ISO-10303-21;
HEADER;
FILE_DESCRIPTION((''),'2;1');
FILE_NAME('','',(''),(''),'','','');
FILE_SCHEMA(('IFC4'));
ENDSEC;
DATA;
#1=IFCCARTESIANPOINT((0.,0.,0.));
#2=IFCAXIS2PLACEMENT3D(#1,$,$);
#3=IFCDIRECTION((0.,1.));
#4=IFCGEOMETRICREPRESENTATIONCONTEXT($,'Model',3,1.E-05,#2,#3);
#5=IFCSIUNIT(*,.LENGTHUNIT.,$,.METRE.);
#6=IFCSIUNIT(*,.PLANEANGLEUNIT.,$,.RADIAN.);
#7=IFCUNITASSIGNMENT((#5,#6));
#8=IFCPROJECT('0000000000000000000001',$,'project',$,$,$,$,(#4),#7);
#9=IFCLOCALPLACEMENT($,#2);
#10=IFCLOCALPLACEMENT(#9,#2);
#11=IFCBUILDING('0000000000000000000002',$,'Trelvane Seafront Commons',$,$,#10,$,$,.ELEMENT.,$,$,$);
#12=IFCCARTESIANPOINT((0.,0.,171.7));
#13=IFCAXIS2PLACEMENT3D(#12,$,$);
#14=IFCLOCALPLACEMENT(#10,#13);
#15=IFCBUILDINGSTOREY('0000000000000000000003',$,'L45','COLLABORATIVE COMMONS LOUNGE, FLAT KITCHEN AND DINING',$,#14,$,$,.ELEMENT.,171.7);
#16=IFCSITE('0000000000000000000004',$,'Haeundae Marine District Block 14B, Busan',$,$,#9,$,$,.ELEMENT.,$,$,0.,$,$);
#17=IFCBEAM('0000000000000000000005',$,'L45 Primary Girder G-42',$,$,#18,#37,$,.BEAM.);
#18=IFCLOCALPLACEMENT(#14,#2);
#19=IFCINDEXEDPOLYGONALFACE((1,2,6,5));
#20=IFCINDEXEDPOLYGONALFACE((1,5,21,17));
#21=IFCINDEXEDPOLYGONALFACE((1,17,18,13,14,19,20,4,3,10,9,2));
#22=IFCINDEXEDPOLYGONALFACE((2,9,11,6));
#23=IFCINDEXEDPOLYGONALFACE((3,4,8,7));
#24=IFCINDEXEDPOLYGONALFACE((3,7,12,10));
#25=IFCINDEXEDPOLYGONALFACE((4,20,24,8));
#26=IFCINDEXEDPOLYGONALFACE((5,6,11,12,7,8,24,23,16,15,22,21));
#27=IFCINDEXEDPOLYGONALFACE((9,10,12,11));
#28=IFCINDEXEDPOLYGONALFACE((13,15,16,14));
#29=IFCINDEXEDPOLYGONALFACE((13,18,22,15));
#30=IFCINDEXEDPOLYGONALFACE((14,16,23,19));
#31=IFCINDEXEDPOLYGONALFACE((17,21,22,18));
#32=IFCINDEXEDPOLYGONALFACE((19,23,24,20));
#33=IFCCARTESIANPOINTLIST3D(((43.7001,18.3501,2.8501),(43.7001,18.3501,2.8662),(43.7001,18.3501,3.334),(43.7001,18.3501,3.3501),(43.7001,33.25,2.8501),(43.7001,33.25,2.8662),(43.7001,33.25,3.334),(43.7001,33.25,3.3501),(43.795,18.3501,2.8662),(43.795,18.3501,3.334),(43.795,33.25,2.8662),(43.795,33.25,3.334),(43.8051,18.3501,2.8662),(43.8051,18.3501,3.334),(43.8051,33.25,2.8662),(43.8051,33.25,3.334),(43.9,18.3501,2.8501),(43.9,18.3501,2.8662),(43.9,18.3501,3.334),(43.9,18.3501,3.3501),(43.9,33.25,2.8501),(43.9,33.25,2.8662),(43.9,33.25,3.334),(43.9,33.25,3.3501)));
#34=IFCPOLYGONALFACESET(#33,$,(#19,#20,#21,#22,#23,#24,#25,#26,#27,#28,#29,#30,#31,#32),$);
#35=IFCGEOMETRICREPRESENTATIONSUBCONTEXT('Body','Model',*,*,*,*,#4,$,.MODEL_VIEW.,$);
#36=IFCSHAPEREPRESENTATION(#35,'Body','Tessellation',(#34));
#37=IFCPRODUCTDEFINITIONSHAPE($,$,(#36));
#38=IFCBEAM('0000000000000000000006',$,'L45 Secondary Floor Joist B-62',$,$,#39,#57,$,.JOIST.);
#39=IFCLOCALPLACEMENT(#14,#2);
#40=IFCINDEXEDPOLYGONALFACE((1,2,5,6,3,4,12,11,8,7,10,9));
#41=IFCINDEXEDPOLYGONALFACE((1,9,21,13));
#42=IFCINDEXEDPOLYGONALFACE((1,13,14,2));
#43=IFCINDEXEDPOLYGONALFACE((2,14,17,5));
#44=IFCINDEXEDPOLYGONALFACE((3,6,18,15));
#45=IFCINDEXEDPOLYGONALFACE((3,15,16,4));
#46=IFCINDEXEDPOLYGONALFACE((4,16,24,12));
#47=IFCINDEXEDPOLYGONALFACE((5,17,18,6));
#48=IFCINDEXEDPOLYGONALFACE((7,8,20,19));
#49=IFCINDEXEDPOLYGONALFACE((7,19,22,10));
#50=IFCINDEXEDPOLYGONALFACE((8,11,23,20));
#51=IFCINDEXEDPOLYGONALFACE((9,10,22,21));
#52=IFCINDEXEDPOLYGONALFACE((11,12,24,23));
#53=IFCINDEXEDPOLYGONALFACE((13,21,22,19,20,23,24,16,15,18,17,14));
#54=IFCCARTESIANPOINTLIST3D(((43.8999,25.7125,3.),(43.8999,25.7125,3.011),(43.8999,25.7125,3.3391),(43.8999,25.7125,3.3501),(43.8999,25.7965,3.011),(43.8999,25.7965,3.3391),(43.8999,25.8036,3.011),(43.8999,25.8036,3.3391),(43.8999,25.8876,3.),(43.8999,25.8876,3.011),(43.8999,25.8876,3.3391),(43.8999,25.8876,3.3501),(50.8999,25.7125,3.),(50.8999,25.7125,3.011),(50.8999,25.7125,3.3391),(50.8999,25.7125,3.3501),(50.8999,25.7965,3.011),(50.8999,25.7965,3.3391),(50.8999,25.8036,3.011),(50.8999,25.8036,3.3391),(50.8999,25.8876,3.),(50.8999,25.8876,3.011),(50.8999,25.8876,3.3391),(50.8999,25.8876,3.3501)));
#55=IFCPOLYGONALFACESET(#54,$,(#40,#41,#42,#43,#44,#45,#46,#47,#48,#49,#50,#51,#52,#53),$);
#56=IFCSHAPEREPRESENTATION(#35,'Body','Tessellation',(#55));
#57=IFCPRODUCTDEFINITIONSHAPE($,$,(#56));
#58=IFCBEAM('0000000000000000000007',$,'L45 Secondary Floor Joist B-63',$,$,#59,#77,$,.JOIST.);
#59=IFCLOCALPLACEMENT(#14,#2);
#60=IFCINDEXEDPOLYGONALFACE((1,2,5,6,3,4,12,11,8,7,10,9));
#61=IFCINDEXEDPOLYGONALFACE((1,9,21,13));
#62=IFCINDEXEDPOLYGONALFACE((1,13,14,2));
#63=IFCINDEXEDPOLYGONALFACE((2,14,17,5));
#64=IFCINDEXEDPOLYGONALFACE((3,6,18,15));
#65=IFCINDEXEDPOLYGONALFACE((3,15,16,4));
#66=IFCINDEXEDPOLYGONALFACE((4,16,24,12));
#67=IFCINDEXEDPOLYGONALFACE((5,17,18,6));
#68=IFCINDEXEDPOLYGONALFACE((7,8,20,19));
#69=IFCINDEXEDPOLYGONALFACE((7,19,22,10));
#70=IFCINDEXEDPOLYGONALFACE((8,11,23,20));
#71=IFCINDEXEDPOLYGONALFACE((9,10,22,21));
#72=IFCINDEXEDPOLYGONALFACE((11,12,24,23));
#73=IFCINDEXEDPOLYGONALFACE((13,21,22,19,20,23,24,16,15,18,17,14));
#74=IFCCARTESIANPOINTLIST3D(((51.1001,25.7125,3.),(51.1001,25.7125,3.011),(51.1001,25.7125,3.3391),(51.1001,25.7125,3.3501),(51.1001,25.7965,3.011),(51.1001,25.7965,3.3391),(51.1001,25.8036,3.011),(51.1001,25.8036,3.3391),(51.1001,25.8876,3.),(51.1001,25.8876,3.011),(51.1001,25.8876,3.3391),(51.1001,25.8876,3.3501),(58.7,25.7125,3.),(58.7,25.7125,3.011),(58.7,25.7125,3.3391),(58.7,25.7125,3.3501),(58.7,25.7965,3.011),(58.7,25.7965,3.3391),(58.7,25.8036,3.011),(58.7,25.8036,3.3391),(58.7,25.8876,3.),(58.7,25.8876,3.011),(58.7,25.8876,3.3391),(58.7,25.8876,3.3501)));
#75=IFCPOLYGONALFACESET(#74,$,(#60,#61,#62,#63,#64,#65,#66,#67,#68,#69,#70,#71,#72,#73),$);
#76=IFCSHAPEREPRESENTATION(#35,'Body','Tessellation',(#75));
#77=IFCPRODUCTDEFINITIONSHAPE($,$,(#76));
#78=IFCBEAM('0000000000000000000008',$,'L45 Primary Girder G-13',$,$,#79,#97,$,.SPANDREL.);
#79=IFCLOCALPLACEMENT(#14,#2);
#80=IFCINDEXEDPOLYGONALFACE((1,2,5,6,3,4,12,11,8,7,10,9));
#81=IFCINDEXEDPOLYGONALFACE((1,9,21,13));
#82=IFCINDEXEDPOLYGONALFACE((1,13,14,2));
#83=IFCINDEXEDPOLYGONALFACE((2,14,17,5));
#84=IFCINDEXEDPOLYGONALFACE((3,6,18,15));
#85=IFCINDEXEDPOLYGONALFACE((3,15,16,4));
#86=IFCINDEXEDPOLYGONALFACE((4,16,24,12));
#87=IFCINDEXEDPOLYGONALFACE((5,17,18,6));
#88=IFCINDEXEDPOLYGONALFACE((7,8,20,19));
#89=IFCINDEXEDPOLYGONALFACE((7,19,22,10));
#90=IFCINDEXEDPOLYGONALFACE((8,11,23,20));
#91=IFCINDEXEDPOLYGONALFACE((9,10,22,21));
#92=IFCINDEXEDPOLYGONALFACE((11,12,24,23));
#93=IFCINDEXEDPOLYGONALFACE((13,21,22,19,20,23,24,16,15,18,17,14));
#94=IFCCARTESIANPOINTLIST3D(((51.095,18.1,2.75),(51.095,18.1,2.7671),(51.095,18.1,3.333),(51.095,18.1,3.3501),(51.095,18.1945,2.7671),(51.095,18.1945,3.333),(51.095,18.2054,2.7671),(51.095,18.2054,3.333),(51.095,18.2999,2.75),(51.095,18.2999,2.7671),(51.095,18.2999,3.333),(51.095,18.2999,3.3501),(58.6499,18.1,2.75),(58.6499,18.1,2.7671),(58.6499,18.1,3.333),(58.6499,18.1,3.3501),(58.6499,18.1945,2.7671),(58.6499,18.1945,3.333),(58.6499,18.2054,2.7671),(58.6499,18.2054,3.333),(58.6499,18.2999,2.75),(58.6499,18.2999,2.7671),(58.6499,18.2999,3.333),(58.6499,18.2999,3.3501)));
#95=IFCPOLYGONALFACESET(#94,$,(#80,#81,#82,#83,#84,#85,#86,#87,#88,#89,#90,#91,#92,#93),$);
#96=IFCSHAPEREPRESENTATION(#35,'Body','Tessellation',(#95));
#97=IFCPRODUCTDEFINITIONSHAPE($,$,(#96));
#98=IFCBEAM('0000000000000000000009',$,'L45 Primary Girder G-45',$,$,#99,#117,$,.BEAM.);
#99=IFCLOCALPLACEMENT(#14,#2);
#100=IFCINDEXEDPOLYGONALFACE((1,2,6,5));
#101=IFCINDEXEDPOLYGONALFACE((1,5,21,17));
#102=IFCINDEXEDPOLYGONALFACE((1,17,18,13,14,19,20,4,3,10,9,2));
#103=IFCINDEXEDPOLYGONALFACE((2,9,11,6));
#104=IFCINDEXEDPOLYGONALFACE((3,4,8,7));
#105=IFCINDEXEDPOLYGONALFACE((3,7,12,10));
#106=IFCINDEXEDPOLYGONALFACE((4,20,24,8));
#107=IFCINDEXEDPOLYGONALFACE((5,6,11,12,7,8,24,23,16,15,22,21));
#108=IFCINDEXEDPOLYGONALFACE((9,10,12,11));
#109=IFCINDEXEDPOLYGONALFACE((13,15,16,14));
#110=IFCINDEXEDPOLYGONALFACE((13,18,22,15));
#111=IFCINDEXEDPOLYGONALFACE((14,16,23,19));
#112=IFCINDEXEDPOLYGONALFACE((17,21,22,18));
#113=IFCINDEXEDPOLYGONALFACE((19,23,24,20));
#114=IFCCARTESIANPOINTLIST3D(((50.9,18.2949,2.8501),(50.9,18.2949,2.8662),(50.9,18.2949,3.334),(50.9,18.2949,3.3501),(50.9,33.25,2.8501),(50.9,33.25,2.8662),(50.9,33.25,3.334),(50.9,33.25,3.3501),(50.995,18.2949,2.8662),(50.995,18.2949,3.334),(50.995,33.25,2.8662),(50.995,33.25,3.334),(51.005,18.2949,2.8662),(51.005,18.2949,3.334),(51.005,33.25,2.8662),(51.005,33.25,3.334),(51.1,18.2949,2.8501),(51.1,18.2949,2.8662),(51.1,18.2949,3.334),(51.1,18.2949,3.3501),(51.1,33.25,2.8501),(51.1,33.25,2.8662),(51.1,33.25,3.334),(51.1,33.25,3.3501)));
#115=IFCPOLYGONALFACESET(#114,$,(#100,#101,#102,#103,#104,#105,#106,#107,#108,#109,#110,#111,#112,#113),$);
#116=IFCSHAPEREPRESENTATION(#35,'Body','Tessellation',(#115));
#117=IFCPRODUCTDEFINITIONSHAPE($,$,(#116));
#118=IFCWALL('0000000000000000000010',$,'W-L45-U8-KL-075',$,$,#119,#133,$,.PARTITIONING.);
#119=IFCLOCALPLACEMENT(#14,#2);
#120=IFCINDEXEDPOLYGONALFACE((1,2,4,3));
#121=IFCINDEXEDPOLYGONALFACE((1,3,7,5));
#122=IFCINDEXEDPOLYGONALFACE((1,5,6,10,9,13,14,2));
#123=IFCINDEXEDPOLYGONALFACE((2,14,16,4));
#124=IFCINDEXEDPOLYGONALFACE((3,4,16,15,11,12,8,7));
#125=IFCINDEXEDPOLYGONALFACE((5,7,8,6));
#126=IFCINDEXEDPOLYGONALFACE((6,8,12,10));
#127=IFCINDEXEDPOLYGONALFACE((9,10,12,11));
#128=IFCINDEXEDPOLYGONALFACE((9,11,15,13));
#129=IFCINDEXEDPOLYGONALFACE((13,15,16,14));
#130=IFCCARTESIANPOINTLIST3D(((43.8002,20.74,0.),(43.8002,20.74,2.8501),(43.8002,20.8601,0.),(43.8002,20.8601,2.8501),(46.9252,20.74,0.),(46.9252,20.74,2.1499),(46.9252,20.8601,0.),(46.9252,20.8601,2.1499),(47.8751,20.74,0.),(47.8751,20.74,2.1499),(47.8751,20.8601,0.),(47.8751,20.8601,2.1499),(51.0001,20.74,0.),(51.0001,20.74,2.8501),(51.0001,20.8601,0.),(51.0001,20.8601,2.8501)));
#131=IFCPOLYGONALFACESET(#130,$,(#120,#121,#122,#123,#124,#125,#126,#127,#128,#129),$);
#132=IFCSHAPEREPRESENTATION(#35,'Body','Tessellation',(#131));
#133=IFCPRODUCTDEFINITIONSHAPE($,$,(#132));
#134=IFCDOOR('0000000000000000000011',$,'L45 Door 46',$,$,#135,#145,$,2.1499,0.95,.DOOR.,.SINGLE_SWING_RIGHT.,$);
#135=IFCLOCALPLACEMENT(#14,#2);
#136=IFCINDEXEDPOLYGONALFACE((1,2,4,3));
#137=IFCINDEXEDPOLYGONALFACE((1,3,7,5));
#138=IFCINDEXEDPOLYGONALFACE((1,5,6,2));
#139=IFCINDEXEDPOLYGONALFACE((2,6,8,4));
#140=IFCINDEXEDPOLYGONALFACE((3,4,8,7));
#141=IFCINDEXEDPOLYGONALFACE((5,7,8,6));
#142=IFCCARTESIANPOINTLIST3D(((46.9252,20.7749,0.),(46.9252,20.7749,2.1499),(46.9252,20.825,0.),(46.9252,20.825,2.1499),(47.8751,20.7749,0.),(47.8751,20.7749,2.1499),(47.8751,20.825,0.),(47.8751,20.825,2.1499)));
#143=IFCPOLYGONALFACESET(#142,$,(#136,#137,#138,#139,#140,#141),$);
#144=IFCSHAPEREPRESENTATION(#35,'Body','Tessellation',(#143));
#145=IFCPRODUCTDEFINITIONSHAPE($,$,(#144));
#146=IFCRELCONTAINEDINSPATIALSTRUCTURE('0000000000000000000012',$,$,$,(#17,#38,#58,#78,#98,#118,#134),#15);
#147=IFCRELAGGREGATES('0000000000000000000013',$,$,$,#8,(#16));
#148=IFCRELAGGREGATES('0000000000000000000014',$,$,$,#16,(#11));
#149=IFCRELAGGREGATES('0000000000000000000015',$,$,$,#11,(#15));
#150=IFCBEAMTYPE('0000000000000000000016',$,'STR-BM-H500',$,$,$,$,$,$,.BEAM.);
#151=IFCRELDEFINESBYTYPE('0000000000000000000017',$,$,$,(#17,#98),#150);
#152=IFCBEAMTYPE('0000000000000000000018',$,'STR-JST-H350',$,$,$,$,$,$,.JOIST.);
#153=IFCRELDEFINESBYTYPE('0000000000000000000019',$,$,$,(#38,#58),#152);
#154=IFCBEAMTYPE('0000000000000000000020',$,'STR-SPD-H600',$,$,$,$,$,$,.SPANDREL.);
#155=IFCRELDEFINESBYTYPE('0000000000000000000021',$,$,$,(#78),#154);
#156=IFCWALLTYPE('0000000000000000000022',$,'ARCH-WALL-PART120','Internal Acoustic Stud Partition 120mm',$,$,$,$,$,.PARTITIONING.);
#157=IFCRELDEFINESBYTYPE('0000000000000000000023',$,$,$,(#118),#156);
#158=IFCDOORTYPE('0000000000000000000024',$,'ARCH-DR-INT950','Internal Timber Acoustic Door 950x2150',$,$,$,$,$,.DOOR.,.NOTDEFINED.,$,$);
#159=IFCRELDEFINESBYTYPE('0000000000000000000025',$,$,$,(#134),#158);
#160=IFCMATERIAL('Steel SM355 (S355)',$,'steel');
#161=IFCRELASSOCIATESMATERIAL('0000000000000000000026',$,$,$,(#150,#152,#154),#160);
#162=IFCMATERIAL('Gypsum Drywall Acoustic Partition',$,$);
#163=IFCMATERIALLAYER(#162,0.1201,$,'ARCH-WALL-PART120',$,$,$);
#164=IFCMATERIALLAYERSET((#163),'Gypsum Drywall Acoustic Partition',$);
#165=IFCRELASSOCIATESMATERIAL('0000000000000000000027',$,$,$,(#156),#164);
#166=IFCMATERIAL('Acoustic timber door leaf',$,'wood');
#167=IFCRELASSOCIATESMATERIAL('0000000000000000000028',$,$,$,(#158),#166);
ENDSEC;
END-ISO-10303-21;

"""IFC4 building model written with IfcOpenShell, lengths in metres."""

from ifc_helpers import new_model, si_unit, direction, frame, frame_2d, origin, origin_2d, place, context, subcontext, project, spatial, rectangle, i_section, extrude, source, transform, mapped, material, layer, layer_set, material_profile, profile_set, type_object, element, fill, save


model = new_model("IFC4")

# Units and contexts
model_context = context("Model", 3, precision=1e-05, world=origin(), true_north=direction((0.0, 1.0)))
body_context = subcontext(model_context, "Body", "Model", "MODEL_VIEW")
ifc_project = project(units=[si_unit("LENGTHUNIT", "METRE"), si_unit("PLANEANGLEUNIT", "RADIAN")], contexts=[model_context])

# Site, building, storey
site_placement = place(None, origin())
site = spatial("IfcSite", under=ifc_project, at=site_placement, Name="Haeundae Marine District Block 14B, Busan", CompositionType="ELEMENT", RefElevation=0.0)
building_placement = place(site_placement, origin())
building = spatial("IfcBuilding", under=site, at=building_placement, Name="Trelvane Seafront Commons", CompositionType="ELEMENT")
storey_placement = place(building_placement, frame((0.0, 0.0, 171.7)))
storey = spatial("IfcBuildingStorey", under=building, at=storey_placement, Name="L45", Description="COLLABORATIVE COMMONS LOUNGE, FLAT KITCHEN AND DINING", CompositionType="ELEMENT", Elevation=171.7)

# Beams
ifc_material_1 = material(Name="Steel SM355 (S355)", Category="steel")
ifc_material_profile_1 = material_profile(ifc_material_1, i_section(OverallWidth=0.2, OverallDepth=0.5, WebThickness=0.01, FlangeThickness=0.0161, at=origin_2d()), Name="H-500x200x10x16")
ifc_profile_set_1 = profile_set([ifc_material_profile_1], Name="Steel SM355 (S355)")
beam_type_1 = type_object("IfcBeamType", Name="STR-BM-H500", PredefinedType="BEAM", material=ifc_profile_set_1)
shared_shape_1 = source(origin(), body_context, "Body", "SweptSolid", [
    extrude(i_section(OverallWidth=0.2, OverallDepth=0.5, WebThickness=0.01, FlangeThickness=0.0161, at=origin_2d()), origin(), (0.0, 0.0, 1.0), 14.8999),
])
beam_1_placement = place(storey_placement, frame((43.8, 18.3501, 3.1001), z_axis=(0.0, 1.0, 0.0), x_axis=(-1.0, 0.0, 0.0)))
element("IfcBeam", 1, at=beam_1_placement, inside=storey, type_object=beam_type_1, Name="L45 Primary Girder G-42", PredefinedType="BEAM", context=body_context, shape_type="MappedRepresentation", body=[
    mapped(shared_shape_1, transform((0.0, 0.0, 0.0), x_axis=(1.0, 0.0, 0.0), y_axis=(0.0, 1.0, 0.0), z_axis=(0.0, 0.0, 1.0), scale=1.0)),
])
ifc_material_profile_2 = material_profile(ifc_material_1, i_section(OverallWidth=0.175, OverallDepth=0.3501, WebThickness=0.0071, FlangeThickness=0.011, at=origin_2d()), Name="H-350x175x7x11")
ifc_profile_set_2 = profile_set([ifc_material_profile_2], Name="Steel SM355 (S355)")
beam_type_2 = type_object("IfcBeamType", Name="STR-JST-H350", PredefinedType="JOIST", material=ifc_profile_set_2)
shared_shape_2 = source(origin(), body_context, "Body", "SweptSolid", [
    extrude(i_section(OverallWidth=0.175, OverallDepth=0.3501, WebThickness=0.0071, FlangeThickness=0.011, at=origin_2d()), origin(), (0.0, 0.0, 1.0), 7.0),
])
beam_2_placement = place(storey_placement, frame((43.8999, 25.8, 3.175), z_axis=(1.0, 0.0, 0.0), x_axis=(0.0, 1.0, 0.0)))
element("IfcBeam", 2, at=beam_2_placement, inside=storey, type_object=beam_type_2, Name="L45 Secondary Floor Joist B-62", PredefinedType="JOIST", context=body_context, shape_type="MappedRepresentation", body=[
    mapped(shared_shape_2, transform((0.0, 0.0, 0.0), x_axis=(1.0, 0.0, 0.0), y_axis=(0.0, 1.0, 0.0), z_axis=(0.0, 0.0, 1.0), scale=1.0)),
])
shared_shape_3 = source(origin(), body_context, "Body", "SweptSolid", [
    extrude(i_section(OverallWidth=0.175, OverallDepth=0.3501, WebThickness=0.0071, FlangeThickness=0.011, at=origin_2d()), origin(), (0.0, 0.0, 1.0), 7.5999),
])
beam_3_placement = place(storey_placement, frame((51.1001, 25.8, 3.175), z_axis=(1.0, 0.0, 0.0), x_axis=(0.0, 1.0, 0.0)))
element("IfcBeam", 3, at=beam_3_placement, inside=storey, type_object=beam_type_2, Name="L45 Secondary Floor Joist B-63", PredefinedType="JOIST", context=body_context, shape_type="MappedRepresentation", body=[
    mapped(shared_shape_3, transform((0.0, 0.0, 0.0), x_axis=(1.0, 0.0, 0.0), y_axis=(0.0, 1.0, 0.0), z_axis=(0.0, 0.0, 1.0), scale=1.0)),
])
ifc_material_profile_3 = material_profile(ifc_material_1, i_section(OverallWidth=0.2, OverallDepth=0.6001, WebThickness=0.011, FlangeThickness=0.0171, at=origin_2d()), Name="H-600x200x11x17")
ifc_profile_set_3 = profile_set([ifc_material_profile_3], Name="Steel SM355 (S355)")
beam_type_3 = type_object("IfcBeamType", Name="STR-SPD-H600", PredefinedType="SPANDREL", material=ifc_profile_set_3)
shared_shape_4 = source(origin(), body_context, "Body", "SweptSolid", [
    extrude(i_section(OverallWidth=0.2, OverallDepth=0.6001, WebThickness=0.011, FlangeThickness=0.0171, at=origin_2d()), origin(), (0.0, 0.0, 1.0), 7.5549),
])
beam_4_placement = place(storey_placement, frame((51.095, 18.2, 3.05), z_axis=(1.0, 0.0, 0.0), x_axis=(0.0, 1.0, 0.0)))
element("IfcBeam", 4, at=beam_4_placement, inside=storey, type_object=beam_type_3, Name="L45 Primary Girder G-13", PredefinedType="SPANDREL", context=body_context, shape_type="MappedRepresentation", body=[
    mapped(shared_shape_4, transform((0.0, 0.0, 0.0), x_axis=(1.0, 0.0, 0.0), y_axis=(0.0, 1.0, 0.0), z_axis=(0.0, 0.0, 1.0), scale=1.0)),
])
shared_shape_5 = source(origin(), body_context, "Body", "SweptSolid", [
    extrude(i_section(OverallWidth=0.2, OverallDepth=0.5, WebThickness=0.01, FlangeThickness=0.0161, at=origin_2d()), origin(), (0.0, 0.0, 1.0), 14.9551),
])
beam_5_placement = place(storey_placement, frame((51.0, 18.2949, 3.1001), z_axis=(0.0, 1.0, 0.0), x_axis=(-1.0, 0.0, 0.0)))
element("IfcBeam", 5, at=beam_5_placement, inside=storey, type_object=beam_type_1, Name="L45 Primary Girder G-45", PredefinedType="BEAM", context=body_context, shape_type="MappedRepresentation", body=[
    mapped(shared_shape_5, transform((0.0, 0.0, 0.0), x_axis=(1.0, 0.0, 0.0), y_axis=(0.0, 1.0, 0.0), z_axis=(0.0, 0.0, 1.0), scale=1.0)),
])

# Wall, opening, door
ifc_material_2 = material(Name="Gypsum Drywall Acoustic Partition")
ifc_layer_1 = layer(ifc_material_2, 0.1201, Name="ARCH-WALL-PART120")
ifc_layer_set_1 = layer_set([ifc_layer_1], Name="Gypsum Drywall Acoustic Partition")
wall_type_1 = type_object("IfcWallType", Name="ARCH-WALL-PART120", Description="Internal Acoustic Stud Partition 120mm", PredefinedType="PARTITIONING", material=ifc_layer_set_1)
wall_1_placement = place(storey_placement, frame((43.8, 20.8, 0.0), z_axis=(0.0, 0.0, 1.0), x_axis=(1.0, 0.0, 0.0)))
wall_1 = element("IfcWall", 6, at=wall_1_placement, inside=storey, type_object=wall_type_1, Name="W-L45-U8-KL-075", PredefinedType="PARTITIONING", context=body_context, shape_type="SweptSolid", body=[
    extrude(rectangle(XDim=7.2, YDim=0.1201, at=frame_2d((3.6001, 0.0))), origin(), (0.0, 0.0, 1.0), 2.8501),
])
opening_1_placement = place(wall_1_placement, frame((3.125, 0.0, 0.0)))
opening_1 = element("IfcOpeningElement", 7, at=opening_1_placement, cuts=wall_1, PredefinedType="OPENING", context=body_context, shape_type="SweptSolid", body=[
    extrude(rectangle(XDim=0.95, YDim=2.1499, at=frame_2d((0.4751, 1.075))), frame((0.0, 0.0701, 0.0), z_axis=(0.0, -1.0, 0.0), x_axis=(1.0, 0.0, 0.0)), (0.0, 0.0, 1.0), 0.1401),
])
ifc_material_3 = material(Name="Acoustic timber door leaf", Category="wood")
door_type_1 = type_object("IfcDoorType", Name="ARCH-DR-INT950", Description="Internal Timber Acoustic Door 950x2150", OperationType="NOTDEFINED", PredefinedType="DOOR", material=ifc_material_3)
shared_shape_6 = source(origin(), body_context, "Body", "SweptSolid", [
    extrude(rectangle(XDim=0.95, YDim=2.1499, at=frame_2d((0.4751, 1.075))), frame((0.0, 0.0249, 0.0), z_axis=(0.0, -1.0, 0.0), x_axis=(1.0, 0.0, 0.0)), (0.0, 0.0, 1.0), 0.05),
])
door_1_placement = place(opening_1_placement, origin())
door_1 = element("IfcDoor", 8, at=door_1_placement, inside=storey, type_object=door_type_1, Name="L45 Door 46", OperationType="SINGLE_SWING_RIGHT", OverallHeight=2.1499, OverallWidth=0.95, PredefinedType="DOOR", context=body_context, shape_type="MappedRepresentation", body=[
    mapped(shared_shape_6, transform((0.0, 0.0, 0.0), x_axis=(1.0, 0.0, 0.0), y_axis=(0.0, 1.0, 0.0), z_axis=(0.0, 0.0, 1.0), scale=1.0)),
])
fill(opening_1, door_1)

save(model, "model.ifc")
